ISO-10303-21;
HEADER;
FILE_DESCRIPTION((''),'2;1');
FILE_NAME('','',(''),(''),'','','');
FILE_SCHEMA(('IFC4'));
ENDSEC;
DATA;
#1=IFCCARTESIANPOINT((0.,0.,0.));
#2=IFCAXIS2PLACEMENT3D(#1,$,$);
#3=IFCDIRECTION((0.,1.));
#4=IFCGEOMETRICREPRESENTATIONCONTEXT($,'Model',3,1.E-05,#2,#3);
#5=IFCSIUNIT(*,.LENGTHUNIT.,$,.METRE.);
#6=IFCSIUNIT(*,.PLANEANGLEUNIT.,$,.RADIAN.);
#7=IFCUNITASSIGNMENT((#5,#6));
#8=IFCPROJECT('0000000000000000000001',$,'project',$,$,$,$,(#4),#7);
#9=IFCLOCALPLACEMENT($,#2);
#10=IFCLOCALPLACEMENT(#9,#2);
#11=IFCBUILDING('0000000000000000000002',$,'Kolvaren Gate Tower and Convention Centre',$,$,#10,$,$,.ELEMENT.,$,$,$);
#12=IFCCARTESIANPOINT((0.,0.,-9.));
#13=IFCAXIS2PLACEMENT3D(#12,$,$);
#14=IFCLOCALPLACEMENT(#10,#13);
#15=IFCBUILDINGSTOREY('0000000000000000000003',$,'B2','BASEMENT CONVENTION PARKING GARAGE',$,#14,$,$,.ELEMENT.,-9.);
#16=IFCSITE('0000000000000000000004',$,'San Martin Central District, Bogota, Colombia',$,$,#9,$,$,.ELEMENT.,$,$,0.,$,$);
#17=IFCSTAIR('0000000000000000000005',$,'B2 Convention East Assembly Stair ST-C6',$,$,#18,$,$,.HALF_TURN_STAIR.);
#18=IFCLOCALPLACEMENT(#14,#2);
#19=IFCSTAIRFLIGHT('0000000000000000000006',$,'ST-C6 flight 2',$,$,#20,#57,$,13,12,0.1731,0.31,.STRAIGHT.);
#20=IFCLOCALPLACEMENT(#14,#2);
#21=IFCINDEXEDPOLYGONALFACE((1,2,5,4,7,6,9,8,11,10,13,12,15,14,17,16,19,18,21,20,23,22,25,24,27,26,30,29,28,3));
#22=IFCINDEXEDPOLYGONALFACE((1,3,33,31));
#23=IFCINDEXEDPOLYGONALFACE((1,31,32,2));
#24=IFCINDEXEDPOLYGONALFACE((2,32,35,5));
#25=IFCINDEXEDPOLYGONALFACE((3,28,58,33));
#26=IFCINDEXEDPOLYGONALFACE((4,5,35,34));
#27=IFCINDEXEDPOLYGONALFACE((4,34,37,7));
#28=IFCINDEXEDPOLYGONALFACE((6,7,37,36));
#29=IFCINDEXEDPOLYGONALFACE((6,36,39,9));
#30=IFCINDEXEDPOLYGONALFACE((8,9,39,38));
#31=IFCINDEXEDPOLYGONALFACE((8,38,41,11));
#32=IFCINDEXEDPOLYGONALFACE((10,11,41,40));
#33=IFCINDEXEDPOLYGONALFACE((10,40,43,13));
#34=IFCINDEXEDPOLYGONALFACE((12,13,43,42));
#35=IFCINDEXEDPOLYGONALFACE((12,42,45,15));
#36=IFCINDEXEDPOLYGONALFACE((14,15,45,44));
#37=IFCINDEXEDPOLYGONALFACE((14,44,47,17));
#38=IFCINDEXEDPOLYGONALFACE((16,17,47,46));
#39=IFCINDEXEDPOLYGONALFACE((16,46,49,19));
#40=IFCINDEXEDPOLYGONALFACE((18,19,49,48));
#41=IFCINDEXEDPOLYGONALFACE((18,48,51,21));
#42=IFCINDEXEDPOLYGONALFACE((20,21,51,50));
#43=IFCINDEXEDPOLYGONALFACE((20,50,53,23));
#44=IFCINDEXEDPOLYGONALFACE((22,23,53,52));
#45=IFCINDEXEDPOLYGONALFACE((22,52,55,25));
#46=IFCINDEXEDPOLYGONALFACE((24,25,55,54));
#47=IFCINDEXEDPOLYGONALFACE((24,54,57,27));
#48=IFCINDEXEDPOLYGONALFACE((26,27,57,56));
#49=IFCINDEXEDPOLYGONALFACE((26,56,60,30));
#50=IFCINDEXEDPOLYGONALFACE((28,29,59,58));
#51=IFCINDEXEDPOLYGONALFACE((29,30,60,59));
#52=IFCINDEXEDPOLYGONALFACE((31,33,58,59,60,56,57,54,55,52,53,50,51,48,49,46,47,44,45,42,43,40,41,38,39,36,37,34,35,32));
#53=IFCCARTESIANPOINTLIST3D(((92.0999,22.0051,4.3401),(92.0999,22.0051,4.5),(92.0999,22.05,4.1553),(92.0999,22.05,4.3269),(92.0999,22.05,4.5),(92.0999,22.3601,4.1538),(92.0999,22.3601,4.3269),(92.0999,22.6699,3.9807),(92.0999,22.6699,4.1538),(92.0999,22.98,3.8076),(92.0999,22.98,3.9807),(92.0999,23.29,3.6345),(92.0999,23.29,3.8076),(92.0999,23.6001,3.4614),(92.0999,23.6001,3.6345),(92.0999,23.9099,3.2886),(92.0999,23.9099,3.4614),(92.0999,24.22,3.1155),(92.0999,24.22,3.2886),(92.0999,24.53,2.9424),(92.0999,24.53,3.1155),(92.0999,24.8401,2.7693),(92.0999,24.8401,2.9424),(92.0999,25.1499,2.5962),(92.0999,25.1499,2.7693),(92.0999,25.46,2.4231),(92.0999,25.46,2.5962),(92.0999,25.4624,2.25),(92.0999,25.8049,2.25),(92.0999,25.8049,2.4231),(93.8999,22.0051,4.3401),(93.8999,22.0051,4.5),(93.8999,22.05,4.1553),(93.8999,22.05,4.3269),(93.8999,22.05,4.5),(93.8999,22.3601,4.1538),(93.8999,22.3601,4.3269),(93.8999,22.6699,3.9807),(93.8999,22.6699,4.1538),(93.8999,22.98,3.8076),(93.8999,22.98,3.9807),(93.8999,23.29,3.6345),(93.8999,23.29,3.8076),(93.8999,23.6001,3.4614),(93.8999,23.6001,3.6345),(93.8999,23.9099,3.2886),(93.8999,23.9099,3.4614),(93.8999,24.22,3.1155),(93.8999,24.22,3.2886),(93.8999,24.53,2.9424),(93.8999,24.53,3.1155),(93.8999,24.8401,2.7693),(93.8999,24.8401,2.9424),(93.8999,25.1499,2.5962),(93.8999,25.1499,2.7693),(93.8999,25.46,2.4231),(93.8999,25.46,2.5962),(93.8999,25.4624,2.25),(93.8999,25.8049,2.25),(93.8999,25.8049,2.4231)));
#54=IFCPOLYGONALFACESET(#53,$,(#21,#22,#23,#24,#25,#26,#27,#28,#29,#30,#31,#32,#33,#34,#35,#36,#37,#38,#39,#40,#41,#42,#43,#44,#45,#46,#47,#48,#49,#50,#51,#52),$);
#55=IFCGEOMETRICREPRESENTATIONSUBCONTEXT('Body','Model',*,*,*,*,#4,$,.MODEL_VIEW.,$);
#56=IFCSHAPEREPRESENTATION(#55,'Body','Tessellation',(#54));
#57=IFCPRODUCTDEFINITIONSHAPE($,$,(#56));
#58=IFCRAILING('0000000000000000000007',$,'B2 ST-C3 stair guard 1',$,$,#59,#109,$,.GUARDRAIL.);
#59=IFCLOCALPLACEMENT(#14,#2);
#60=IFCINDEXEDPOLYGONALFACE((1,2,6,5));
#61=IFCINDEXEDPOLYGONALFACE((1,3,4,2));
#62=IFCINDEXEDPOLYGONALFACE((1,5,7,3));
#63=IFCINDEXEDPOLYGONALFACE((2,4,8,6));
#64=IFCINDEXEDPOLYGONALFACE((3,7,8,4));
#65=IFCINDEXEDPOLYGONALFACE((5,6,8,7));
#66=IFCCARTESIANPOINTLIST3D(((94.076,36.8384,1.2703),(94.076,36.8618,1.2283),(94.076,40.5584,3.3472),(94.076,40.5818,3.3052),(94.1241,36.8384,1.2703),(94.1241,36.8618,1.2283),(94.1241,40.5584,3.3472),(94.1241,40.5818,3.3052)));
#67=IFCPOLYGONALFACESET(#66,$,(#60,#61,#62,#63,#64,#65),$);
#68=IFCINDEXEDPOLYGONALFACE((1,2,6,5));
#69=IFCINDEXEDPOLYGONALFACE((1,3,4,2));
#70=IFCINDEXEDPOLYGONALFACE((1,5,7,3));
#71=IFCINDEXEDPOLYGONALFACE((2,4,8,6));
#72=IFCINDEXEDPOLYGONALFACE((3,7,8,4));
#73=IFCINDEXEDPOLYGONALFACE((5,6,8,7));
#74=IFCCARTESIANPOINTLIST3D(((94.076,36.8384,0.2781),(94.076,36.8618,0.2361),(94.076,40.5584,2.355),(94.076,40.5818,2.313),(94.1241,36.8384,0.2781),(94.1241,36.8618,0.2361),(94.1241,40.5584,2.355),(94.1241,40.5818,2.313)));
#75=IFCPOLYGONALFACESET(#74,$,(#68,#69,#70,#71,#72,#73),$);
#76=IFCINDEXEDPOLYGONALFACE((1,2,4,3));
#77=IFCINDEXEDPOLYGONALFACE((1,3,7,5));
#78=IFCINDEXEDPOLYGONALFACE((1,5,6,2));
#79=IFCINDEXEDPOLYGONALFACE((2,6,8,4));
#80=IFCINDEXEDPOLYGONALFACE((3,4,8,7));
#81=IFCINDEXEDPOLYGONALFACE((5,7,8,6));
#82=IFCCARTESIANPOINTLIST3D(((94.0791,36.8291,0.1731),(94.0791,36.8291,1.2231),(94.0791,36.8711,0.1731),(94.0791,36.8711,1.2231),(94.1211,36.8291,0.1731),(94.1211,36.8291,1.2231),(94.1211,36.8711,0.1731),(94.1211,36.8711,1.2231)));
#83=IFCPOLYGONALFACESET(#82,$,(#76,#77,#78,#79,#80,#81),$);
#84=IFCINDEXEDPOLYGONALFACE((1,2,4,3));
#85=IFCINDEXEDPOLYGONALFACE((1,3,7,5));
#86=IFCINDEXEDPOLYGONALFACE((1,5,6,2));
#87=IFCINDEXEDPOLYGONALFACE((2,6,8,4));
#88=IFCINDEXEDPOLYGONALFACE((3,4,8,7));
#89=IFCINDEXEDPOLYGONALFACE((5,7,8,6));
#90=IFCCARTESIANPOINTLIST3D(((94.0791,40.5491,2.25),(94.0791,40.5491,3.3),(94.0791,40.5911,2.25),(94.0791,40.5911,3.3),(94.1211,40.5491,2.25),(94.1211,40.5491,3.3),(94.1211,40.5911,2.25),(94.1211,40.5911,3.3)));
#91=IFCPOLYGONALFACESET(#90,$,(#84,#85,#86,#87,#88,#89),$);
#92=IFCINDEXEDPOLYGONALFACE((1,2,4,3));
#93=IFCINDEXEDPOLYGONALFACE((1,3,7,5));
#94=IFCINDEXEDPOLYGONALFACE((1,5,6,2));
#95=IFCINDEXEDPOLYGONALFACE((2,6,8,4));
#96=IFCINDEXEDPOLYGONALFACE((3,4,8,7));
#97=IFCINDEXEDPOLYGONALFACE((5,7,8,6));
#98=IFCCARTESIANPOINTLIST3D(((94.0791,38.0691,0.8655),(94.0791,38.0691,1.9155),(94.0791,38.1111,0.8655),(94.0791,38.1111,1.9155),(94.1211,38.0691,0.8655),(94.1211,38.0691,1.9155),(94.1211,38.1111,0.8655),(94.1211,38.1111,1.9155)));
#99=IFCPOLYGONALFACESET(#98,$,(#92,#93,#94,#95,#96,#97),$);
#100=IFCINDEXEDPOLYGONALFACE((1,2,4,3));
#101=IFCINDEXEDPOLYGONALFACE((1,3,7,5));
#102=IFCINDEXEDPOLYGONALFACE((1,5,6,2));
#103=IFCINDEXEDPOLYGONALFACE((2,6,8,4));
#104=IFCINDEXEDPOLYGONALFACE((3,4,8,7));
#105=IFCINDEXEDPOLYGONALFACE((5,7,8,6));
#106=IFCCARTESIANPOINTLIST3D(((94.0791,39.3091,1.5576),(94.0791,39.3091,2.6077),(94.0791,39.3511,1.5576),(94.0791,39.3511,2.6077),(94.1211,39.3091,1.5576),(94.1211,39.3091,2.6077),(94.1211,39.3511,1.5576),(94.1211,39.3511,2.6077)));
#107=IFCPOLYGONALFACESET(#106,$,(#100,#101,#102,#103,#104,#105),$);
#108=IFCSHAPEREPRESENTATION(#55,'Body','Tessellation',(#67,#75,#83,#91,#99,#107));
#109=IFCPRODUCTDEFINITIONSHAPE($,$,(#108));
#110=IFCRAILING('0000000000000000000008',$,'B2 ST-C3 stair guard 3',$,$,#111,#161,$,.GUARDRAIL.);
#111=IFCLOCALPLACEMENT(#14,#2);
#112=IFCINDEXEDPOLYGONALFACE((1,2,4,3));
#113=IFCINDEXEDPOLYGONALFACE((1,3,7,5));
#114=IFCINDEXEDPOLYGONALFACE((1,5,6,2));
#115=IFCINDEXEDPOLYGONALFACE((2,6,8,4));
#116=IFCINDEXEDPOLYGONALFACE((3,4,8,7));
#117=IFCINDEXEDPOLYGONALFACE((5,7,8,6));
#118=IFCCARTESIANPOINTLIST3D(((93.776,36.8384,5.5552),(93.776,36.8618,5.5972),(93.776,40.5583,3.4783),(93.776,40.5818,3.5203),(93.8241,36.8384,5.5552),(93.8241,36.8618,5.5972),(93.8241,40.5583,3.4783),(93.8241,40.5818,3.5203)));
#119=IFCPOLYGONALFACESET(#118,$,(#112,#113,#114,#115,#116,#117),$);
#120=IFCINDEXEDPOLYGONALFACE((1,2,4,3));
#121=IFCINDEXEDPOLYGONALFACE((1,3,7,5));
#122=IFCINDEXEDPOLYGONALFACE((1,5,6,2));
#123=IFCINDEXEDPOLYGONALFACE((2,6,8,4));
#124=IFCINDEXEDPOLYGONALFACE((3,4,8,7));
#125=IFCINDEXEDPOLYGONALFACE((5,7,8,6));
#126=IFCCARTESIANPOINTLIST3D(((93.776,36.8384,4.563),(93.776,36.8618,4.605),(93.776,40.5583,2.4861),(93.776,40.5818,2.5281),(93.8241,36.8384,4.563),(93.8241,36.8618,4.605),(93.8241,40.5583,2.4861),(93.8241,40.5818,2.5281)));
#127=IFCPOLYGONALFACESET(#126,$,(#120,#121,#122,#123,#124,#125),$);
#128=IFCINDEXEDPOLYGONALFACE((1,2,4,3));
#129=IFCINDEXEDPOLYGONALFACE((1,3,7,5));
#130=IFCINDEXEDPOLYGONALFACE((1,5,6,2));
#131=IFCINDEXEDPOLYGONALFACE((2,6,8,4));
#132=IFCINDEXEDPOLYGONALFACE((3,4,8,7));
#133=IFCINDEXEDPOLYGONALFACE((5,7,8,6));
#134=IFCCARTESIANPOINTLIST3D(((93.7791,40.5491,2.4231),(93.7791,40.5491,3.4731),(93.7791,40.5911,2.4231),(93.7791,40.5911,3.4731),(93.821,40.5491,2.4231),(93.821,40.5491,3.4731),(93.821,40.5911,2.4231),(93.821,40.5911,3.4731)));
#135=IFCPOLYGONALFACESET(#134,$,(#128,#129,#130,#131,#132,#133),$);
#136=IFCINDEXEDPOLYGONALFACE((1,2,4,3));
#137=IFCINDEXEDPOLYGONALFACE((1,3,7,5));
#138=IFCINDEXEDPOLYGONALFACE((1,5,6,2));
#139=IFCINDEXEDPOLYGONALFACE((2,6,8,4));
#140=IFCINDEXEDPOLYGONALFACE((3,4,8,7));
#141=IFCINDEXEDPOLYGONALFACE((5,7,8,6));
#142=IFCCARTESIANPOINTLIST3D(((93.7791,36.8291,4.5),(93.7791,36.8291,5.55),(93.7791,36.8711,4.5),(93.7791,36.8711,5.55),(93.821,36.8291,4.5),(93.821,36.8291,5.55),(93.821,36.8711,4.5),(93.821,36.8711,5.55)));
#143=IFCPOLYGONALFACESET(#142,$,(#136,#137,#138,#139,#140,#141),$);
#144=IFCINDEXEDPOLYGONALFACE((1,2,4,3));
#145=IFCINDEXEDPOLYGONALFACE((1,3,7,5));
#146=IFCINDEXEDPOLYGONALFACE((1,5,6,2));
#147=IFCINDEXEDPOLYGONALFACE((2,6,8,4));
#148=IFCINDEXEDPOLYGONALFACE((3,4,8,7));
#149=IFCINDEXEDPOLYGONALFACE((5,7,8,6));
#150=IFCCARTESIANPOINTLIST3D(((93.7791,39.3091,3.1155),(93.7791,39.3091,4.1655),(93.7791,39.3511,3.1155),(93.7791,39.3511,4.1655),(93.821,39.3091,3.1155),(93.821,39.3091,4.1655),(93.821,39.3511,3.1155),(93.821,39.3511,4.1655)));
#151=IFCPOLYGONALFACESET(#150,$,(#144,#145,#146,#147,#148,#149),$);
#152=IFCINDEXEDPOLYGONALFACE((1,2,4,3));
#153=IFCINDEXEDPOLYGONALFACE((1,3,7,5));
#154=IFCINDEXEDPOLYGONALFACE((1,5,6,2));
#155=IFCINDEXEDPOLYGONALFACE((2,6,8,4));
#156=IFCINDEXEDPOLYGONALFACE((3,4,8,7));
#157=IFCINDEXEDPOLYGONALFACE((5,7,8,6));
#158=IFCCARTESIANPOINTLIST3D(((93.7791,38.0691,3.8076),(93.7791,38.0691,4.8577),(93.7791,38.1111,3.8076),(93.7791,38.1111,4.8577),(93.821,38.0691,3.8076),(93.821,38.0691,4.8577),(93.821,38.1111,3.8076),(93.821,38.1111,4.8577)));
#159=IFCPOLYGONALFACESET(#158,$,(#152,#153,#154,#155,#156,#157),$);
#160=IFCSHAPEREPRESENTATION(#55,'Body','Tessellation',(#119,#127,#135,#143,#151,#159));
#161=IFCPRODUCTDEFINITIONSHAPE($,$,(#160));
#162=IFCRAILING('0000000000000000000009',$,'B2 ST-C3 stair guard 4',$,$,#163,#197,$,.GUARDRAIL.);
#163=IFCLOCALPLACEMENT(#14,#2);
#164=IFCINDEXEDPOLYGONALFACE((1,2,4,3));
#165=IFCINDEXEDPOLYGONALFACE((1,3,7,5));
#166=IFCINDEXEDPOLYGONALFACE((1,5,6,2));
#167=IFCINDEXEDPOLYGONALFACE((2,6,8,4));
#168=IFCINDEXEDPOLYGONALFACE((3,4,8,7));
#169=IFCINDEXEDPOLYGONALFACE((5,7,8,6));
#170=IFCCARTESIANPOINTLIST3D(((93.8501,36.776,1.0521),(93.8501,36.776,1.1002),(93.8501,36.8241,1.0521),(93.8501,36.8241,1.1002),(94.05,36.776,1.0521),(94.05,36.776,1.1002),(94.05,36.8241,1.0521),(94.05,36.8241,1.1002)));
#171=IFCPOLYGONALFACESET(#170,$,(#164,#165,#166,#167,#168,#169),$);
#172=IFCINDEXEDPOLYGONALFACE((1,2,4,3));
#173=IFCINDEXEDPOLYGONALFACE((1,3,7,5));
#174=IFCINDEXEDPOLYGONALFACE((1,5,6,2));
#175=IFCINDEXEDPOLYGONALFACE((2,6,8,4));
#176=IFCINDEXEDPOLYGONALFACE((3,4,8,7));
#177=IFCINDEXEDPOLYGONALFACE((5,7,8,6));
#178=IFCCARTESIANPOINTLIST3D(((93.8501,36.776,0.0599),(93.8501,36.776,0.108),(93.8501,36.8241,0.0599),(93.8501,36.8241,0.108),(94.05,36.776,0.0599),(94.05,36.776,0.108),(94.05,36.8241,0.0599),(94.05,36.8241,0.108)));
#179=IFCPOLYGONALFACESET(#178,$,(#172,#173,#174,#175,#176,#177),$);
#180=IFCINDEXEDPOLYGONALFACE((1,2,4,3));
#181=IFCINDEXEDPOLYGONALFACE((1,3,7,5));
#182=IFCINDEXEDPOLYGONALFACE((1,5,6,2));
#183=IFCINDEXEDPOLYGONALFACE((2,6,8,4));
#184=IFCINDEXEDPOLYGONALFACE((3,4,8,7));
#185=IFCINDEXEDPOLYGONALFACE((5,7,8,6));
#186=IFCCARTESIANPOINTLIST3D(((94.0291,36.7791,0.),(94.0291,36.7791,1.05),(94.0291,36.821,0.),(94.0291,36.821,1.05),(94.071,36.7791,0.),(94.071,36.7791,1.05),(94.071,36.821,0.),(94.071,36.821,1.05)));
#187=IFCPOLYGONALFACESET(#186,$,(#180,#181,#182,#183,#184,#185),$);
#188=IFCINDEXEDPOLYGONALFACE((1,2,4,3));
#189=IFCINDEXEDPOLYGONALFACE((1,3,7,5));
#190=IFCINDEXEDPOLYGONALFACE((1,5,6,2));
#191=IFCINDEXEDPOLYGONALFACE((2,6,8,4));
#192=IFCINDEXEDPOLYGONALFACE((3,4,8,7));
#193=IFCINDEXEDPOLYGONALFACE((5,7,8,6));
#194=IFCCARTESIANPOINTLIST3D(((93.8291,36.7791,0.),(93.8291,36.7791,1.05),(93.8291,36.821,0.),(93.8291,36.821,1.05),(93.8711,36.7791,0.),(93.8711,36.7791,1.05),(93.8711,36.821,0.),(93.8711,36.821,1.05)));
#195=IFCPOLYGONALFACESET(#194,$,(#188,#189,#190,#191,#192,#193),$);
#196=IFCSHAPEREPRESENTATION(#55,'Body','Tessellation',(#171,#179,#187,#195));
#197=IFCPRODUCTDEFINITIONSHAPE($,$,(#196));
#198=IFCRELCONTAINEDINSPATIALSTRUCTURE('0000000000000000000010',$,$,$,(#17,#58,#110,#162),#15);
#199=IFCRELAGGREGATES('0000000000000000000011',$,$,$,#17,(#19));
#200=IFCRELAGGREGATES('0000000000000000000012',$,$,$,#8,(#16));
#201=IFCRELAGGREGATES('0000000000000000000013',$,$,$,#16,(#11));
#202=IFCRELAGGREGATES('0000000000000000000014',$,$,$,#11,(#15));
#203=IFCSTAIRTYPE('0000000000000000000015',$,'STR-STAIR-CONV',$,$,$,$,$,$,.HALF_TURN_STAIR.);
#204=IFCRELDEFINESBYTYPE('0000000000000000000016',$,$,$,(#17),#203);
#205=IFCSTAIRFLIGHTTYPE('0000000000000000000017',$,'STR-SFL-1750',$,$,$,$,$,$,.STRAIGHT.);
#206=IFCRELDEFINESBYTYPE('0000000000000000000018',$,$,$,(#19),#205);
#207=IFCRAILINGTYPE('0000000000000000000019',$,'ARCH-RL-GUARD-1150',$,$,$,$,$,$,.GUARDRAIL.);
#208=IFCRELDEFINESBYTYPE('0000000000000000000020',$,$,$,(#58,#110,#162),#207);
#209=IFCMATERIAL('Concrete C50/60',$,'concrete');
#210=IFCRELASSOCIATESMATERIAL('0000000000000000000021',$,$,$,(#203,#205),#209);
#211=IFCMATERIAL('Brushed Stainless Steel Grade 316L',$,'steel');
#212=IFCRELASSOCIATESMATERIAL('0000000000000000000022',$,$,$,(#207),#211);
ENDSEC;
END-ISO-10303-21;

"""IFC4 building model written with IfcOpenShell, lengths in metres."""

from ifc_helpers import new_model, si_unit, direction, frame, origin, origin_2d, place, context, subcontext, project, spatial, polyline, rectangle, outline, extrude, material, type_object, element, aggregate, save


model = new_model("IFC4")

# Units and contexts
model_context = context("Model", 3, precision=1e-05, world=origin(), true_north=direction((0.0, 1.0)))
body_context = subcontext(model_context, "Body", "Model", "MODEL_VIEW")
ifc_project = project(units=[si_unit("LENGTHUNIT", "METRE"), si_unit("PLANEANGLEUNIT", "RADIAN")], contexts=[model_context])

# Site, building, storey
site_placement = place(None, origin())
site = spatial("IfcSite", under=ifc_project, at=site_placement, Name="San Martin Central District, Bogota, Colombia", CompositionType="ELEMENT", RefElevation=0.0)
building_placement = place(site_placement, origin())
building = spatial("IfcBuilding", under=site, at=building_placement, Name="Kolvaren Gate Tower and Convention Centre", CompositionType="ELEMENT")
storey_placement = place(building_placement, frame((0.0, 0.0, -9.0)))
storey = spatial("IfcBuildingStorey", under=building, at=storey_placement, Name="B2", Description="BASEMENT CONVENTION PARKING GARAGE", CompositionType="ELEMENT", Elevation=-9.0)

# Shared definitions
ifc_material_1 = material(Name="Concrete C50/60", Category="concrete")

# Shared definitions
stair_type = type_object("IfcStairType", Name="STR-STAIR-CONV", PredefinedType="HALF_TURN_STAIR", material=ifc_material_1)
stair_flight_type = type_object("IfcStairFlightType", Name="STR-SFL-1750", PredefinedType="STRAIGHT", material=ifc_material_1)

# Stair, stair flight
stair_1_placement = place(storey_placement, origin())
stair_1 = element("IfcStair", 1, at=stair_1_placement, inside=storey, type_object=stair_type, Name="B2 Convention East Assembly Stair ST-C6", PredefinedType="HALF_TURN_STAIR")
stair_flight_1_placement = place(storey_placement, frame((93.0, 25.77, 2.25), z_axis=(0.0, 0.0, 1.0), x_axis=(0.0, -1.0, 0.0)))
stair_flight_1 = element("IfcStairFlight", 2, at=stair_flight_1_placement, type_object=stair_flight_type, Name="ST-C6 flight 2", NumberOfRisers=13, NumberOfTreads=12, PredefinedType="STRAIGHT", RiserHeight=0.1731, TreadLength=0.31, context=body_context, shape_type="SweptSolid", body=[
    extrude(outline(polyline([(-0.0349, 0.0), (-0.0349, 0.1731), (0.3101, 0.1731), (0.3101, 0.3462), (0.6201, 0.3462), (0.6201, 0.5193), (0.9299, 0.5193), (0.9299, 0.6924), (1.24, 0.6924), (1.24, 0.8655), (1.55, 0.8655), (1.55, 1.0386), (1.8601, 1.0386), (1.8601, 1.2114), (2.1699, 1.2114), (2.1699, 1.3845), (2.48, 1.3845), (2.48, 1.5576), (2.79, 1.5576), (2.79, 1.7307), (3.1001, 1.7307), (3.1001, 1.9038), (3.4099, 1.9038), (3.4099, 2.0769), (3.72, 2.0769), (3.72, 2.25), (3.7649, 2.25), (3.7649, 2.0901), (3.72, 1.9053), (0.3076, 0.0), (-0.0349, 0.0)])), frame((0.0, 0.8999, 0.0), z_axis=(0.0, -1.0, 0.0), x_axis=(1.0, 0.0, 0.0)), (0.0, 0.0, 1.0), 1.8),
])
aggregate(stair_1, [stair_flight_1])

# Railings
ifc_material_2 = material(Name="Brushed Stainless Steel Grade 316L", Category="steel")
railing_type_1 = type_object("IfcRailingType", Name="ARCH-RL-GUARD-1150", PredefinedType="GUARDRAIL", material=ifc_material_2)
railing_1_placement = place(storey_placement, frame((94.1001, 36.8501, 0.1731)))
element("IfcRailing", 3, at=railing_1_placement, inside=storey, type_object=railing_type_1, Name="B2 ST-C3 stair guard 1", PredefinedType="GUARDRAIL", context=body_context, shape_type="SweptSolid", body=[
    extrude(rectangle(XDim=0.0481, YDim=0.0481, at=origin_2d()), frame((0.0, 0.0, 1.0762), z_axis=(0.0, 0.873134, 0.487481), x_axis=(-1.0, 0.0, 0.0)), (0.0, 0.0, 1.0), 4.2605),
    extrude(rectangle(XDim=0.0481, YDim=0.0481, at=origin_2d()), frame((0.0, 0.0, 0.084), z_axis=(0.0, 0.873134, 0.487481), x_axis=(-1.0, 0.0, 0.0)), (0.0, 0.0, 1.0), 4.2605),
    extrude(rectangle(XDim=0.042, YDim=0.042, at=origin_2d()), origin(), (0.0, 0.0, 1.0), 1.05),
    extrude(rectangle(XDim=0.042, YDim=0.042, at=origin_2d()), frame((0.0, 3.72, 2.0769)), (0.0, 0.0, 1.0), 1.05),
    extrude(rectangle(XDim=0.042, YDim=0.042, at=origin_2d()), frame((0.0, 1.24, 0.6924)), (0.0, 0.0, 1.0), 1.05),
    extrude(rectangle(XDim=0.042, YDim=0.042, at=origin_2d()), frame((0.0, 2.48, 1.3845)), (0.0, 0.0, 1.0), 1.05),
])
railing_2_placement = place(storey_placement, frame((93.8, 40.5701, 2.4231)))
element("IfcRailing", 4, at=railing_2_placement, inside=storey, type_object=railing_type_1, Name="B2 ST-C3 stair guard 3", PredefinedType="GUARDRAIL", context=body_context, shape_type="SweptSolid", body=[
    extrude(rectangle(XDim=0.0481, YDim=0.0481, at=origin_2d()), frame((0.0, 0.0, 1.0762), z_axis=(0.0, -0.873134, 0.487481), x_axis=(1.0, 0.0, 0.0)), (0.0, 0.0, 1.0), 4.2605),
    extrude(rectangle(XDim=0.0481, YDim=0.0481, at=origin_2d()), frame((0.0, 0.0, 0.084), z_axis=(0.0, -0.873134, 0.487481), x_axis=(1.0, 0.0, 0.0)), (0.0, 0.0, 1.0), 4.2605),
    extrude(rectangle(XDim=0.042, YDim=0.042, at=origin_2d()), origin(), (0.0, 0.0, 1.0), 1.05),
    extrude(rectangle(XDim=0.042, YDim=0.042, at=origin_2d()), frame((0.0, -3.72, 2.0769)), (0.0, 0.0, 1.0), 1.05),
    extrude(rectangle(XDim=0.042, YDim=0.042, at=origin_2d()), frame((0.0, -1.24, 0.6924)), (0.0, 0.0, 1.0), 1.05),
    extrude(rectangle(XDim=0.042, YDim=0.042, at=origin_2d()), frame((0.0, -2.48, 1.3845)), (0.0, 0.0, 1.0), 1.05),
])
railing_3_placement = place(storey_placement, frame((94.05, 36.8, 0.0)))
element("IfcRailing", 5, at=railing_3_placement, inside=storey, type_object=railing_type_1, Name="B2 ST-C3 stair guard 4", PredefinedType="GUARDRAIL", context=body_context, shape_type="SweptSolid", body=[
    extrude(rectangle(XDim=0.0481, YDim=0.0481, at=origin_2d()), frame((0.0, 0.0, 1.0762), z_axis=(-1.0, 0.0, 0.0), x_axis=(0.0, -1.0, 0.0)), (0.0, 0.0, 1.0), 0.2),
    extrude(rectangle(XDim=0.0481, YDim=0.0481, at=origin_2d()), frame((0.0, 0.0, 0.084), z_axis=(-1.0, 0.0, 0.0), x_axis=(0.0, -1.0, 0.0)), (0.0, 0.0, 1.0), 0.2),
    extrude(rectangle(XDim=0.042, YDim=0.042, at=origin_2d()), origin(), (0.0, 0.0, 1.0), 1.05),
    extrude(rectangle(XDim=0.042, YDim=0.042, at=origin_2d()), frame((-0.2, 0.0, 0.0)), (0.0, 0.0, 1.0), 1.05),
])

save(model, "model.ifc")
